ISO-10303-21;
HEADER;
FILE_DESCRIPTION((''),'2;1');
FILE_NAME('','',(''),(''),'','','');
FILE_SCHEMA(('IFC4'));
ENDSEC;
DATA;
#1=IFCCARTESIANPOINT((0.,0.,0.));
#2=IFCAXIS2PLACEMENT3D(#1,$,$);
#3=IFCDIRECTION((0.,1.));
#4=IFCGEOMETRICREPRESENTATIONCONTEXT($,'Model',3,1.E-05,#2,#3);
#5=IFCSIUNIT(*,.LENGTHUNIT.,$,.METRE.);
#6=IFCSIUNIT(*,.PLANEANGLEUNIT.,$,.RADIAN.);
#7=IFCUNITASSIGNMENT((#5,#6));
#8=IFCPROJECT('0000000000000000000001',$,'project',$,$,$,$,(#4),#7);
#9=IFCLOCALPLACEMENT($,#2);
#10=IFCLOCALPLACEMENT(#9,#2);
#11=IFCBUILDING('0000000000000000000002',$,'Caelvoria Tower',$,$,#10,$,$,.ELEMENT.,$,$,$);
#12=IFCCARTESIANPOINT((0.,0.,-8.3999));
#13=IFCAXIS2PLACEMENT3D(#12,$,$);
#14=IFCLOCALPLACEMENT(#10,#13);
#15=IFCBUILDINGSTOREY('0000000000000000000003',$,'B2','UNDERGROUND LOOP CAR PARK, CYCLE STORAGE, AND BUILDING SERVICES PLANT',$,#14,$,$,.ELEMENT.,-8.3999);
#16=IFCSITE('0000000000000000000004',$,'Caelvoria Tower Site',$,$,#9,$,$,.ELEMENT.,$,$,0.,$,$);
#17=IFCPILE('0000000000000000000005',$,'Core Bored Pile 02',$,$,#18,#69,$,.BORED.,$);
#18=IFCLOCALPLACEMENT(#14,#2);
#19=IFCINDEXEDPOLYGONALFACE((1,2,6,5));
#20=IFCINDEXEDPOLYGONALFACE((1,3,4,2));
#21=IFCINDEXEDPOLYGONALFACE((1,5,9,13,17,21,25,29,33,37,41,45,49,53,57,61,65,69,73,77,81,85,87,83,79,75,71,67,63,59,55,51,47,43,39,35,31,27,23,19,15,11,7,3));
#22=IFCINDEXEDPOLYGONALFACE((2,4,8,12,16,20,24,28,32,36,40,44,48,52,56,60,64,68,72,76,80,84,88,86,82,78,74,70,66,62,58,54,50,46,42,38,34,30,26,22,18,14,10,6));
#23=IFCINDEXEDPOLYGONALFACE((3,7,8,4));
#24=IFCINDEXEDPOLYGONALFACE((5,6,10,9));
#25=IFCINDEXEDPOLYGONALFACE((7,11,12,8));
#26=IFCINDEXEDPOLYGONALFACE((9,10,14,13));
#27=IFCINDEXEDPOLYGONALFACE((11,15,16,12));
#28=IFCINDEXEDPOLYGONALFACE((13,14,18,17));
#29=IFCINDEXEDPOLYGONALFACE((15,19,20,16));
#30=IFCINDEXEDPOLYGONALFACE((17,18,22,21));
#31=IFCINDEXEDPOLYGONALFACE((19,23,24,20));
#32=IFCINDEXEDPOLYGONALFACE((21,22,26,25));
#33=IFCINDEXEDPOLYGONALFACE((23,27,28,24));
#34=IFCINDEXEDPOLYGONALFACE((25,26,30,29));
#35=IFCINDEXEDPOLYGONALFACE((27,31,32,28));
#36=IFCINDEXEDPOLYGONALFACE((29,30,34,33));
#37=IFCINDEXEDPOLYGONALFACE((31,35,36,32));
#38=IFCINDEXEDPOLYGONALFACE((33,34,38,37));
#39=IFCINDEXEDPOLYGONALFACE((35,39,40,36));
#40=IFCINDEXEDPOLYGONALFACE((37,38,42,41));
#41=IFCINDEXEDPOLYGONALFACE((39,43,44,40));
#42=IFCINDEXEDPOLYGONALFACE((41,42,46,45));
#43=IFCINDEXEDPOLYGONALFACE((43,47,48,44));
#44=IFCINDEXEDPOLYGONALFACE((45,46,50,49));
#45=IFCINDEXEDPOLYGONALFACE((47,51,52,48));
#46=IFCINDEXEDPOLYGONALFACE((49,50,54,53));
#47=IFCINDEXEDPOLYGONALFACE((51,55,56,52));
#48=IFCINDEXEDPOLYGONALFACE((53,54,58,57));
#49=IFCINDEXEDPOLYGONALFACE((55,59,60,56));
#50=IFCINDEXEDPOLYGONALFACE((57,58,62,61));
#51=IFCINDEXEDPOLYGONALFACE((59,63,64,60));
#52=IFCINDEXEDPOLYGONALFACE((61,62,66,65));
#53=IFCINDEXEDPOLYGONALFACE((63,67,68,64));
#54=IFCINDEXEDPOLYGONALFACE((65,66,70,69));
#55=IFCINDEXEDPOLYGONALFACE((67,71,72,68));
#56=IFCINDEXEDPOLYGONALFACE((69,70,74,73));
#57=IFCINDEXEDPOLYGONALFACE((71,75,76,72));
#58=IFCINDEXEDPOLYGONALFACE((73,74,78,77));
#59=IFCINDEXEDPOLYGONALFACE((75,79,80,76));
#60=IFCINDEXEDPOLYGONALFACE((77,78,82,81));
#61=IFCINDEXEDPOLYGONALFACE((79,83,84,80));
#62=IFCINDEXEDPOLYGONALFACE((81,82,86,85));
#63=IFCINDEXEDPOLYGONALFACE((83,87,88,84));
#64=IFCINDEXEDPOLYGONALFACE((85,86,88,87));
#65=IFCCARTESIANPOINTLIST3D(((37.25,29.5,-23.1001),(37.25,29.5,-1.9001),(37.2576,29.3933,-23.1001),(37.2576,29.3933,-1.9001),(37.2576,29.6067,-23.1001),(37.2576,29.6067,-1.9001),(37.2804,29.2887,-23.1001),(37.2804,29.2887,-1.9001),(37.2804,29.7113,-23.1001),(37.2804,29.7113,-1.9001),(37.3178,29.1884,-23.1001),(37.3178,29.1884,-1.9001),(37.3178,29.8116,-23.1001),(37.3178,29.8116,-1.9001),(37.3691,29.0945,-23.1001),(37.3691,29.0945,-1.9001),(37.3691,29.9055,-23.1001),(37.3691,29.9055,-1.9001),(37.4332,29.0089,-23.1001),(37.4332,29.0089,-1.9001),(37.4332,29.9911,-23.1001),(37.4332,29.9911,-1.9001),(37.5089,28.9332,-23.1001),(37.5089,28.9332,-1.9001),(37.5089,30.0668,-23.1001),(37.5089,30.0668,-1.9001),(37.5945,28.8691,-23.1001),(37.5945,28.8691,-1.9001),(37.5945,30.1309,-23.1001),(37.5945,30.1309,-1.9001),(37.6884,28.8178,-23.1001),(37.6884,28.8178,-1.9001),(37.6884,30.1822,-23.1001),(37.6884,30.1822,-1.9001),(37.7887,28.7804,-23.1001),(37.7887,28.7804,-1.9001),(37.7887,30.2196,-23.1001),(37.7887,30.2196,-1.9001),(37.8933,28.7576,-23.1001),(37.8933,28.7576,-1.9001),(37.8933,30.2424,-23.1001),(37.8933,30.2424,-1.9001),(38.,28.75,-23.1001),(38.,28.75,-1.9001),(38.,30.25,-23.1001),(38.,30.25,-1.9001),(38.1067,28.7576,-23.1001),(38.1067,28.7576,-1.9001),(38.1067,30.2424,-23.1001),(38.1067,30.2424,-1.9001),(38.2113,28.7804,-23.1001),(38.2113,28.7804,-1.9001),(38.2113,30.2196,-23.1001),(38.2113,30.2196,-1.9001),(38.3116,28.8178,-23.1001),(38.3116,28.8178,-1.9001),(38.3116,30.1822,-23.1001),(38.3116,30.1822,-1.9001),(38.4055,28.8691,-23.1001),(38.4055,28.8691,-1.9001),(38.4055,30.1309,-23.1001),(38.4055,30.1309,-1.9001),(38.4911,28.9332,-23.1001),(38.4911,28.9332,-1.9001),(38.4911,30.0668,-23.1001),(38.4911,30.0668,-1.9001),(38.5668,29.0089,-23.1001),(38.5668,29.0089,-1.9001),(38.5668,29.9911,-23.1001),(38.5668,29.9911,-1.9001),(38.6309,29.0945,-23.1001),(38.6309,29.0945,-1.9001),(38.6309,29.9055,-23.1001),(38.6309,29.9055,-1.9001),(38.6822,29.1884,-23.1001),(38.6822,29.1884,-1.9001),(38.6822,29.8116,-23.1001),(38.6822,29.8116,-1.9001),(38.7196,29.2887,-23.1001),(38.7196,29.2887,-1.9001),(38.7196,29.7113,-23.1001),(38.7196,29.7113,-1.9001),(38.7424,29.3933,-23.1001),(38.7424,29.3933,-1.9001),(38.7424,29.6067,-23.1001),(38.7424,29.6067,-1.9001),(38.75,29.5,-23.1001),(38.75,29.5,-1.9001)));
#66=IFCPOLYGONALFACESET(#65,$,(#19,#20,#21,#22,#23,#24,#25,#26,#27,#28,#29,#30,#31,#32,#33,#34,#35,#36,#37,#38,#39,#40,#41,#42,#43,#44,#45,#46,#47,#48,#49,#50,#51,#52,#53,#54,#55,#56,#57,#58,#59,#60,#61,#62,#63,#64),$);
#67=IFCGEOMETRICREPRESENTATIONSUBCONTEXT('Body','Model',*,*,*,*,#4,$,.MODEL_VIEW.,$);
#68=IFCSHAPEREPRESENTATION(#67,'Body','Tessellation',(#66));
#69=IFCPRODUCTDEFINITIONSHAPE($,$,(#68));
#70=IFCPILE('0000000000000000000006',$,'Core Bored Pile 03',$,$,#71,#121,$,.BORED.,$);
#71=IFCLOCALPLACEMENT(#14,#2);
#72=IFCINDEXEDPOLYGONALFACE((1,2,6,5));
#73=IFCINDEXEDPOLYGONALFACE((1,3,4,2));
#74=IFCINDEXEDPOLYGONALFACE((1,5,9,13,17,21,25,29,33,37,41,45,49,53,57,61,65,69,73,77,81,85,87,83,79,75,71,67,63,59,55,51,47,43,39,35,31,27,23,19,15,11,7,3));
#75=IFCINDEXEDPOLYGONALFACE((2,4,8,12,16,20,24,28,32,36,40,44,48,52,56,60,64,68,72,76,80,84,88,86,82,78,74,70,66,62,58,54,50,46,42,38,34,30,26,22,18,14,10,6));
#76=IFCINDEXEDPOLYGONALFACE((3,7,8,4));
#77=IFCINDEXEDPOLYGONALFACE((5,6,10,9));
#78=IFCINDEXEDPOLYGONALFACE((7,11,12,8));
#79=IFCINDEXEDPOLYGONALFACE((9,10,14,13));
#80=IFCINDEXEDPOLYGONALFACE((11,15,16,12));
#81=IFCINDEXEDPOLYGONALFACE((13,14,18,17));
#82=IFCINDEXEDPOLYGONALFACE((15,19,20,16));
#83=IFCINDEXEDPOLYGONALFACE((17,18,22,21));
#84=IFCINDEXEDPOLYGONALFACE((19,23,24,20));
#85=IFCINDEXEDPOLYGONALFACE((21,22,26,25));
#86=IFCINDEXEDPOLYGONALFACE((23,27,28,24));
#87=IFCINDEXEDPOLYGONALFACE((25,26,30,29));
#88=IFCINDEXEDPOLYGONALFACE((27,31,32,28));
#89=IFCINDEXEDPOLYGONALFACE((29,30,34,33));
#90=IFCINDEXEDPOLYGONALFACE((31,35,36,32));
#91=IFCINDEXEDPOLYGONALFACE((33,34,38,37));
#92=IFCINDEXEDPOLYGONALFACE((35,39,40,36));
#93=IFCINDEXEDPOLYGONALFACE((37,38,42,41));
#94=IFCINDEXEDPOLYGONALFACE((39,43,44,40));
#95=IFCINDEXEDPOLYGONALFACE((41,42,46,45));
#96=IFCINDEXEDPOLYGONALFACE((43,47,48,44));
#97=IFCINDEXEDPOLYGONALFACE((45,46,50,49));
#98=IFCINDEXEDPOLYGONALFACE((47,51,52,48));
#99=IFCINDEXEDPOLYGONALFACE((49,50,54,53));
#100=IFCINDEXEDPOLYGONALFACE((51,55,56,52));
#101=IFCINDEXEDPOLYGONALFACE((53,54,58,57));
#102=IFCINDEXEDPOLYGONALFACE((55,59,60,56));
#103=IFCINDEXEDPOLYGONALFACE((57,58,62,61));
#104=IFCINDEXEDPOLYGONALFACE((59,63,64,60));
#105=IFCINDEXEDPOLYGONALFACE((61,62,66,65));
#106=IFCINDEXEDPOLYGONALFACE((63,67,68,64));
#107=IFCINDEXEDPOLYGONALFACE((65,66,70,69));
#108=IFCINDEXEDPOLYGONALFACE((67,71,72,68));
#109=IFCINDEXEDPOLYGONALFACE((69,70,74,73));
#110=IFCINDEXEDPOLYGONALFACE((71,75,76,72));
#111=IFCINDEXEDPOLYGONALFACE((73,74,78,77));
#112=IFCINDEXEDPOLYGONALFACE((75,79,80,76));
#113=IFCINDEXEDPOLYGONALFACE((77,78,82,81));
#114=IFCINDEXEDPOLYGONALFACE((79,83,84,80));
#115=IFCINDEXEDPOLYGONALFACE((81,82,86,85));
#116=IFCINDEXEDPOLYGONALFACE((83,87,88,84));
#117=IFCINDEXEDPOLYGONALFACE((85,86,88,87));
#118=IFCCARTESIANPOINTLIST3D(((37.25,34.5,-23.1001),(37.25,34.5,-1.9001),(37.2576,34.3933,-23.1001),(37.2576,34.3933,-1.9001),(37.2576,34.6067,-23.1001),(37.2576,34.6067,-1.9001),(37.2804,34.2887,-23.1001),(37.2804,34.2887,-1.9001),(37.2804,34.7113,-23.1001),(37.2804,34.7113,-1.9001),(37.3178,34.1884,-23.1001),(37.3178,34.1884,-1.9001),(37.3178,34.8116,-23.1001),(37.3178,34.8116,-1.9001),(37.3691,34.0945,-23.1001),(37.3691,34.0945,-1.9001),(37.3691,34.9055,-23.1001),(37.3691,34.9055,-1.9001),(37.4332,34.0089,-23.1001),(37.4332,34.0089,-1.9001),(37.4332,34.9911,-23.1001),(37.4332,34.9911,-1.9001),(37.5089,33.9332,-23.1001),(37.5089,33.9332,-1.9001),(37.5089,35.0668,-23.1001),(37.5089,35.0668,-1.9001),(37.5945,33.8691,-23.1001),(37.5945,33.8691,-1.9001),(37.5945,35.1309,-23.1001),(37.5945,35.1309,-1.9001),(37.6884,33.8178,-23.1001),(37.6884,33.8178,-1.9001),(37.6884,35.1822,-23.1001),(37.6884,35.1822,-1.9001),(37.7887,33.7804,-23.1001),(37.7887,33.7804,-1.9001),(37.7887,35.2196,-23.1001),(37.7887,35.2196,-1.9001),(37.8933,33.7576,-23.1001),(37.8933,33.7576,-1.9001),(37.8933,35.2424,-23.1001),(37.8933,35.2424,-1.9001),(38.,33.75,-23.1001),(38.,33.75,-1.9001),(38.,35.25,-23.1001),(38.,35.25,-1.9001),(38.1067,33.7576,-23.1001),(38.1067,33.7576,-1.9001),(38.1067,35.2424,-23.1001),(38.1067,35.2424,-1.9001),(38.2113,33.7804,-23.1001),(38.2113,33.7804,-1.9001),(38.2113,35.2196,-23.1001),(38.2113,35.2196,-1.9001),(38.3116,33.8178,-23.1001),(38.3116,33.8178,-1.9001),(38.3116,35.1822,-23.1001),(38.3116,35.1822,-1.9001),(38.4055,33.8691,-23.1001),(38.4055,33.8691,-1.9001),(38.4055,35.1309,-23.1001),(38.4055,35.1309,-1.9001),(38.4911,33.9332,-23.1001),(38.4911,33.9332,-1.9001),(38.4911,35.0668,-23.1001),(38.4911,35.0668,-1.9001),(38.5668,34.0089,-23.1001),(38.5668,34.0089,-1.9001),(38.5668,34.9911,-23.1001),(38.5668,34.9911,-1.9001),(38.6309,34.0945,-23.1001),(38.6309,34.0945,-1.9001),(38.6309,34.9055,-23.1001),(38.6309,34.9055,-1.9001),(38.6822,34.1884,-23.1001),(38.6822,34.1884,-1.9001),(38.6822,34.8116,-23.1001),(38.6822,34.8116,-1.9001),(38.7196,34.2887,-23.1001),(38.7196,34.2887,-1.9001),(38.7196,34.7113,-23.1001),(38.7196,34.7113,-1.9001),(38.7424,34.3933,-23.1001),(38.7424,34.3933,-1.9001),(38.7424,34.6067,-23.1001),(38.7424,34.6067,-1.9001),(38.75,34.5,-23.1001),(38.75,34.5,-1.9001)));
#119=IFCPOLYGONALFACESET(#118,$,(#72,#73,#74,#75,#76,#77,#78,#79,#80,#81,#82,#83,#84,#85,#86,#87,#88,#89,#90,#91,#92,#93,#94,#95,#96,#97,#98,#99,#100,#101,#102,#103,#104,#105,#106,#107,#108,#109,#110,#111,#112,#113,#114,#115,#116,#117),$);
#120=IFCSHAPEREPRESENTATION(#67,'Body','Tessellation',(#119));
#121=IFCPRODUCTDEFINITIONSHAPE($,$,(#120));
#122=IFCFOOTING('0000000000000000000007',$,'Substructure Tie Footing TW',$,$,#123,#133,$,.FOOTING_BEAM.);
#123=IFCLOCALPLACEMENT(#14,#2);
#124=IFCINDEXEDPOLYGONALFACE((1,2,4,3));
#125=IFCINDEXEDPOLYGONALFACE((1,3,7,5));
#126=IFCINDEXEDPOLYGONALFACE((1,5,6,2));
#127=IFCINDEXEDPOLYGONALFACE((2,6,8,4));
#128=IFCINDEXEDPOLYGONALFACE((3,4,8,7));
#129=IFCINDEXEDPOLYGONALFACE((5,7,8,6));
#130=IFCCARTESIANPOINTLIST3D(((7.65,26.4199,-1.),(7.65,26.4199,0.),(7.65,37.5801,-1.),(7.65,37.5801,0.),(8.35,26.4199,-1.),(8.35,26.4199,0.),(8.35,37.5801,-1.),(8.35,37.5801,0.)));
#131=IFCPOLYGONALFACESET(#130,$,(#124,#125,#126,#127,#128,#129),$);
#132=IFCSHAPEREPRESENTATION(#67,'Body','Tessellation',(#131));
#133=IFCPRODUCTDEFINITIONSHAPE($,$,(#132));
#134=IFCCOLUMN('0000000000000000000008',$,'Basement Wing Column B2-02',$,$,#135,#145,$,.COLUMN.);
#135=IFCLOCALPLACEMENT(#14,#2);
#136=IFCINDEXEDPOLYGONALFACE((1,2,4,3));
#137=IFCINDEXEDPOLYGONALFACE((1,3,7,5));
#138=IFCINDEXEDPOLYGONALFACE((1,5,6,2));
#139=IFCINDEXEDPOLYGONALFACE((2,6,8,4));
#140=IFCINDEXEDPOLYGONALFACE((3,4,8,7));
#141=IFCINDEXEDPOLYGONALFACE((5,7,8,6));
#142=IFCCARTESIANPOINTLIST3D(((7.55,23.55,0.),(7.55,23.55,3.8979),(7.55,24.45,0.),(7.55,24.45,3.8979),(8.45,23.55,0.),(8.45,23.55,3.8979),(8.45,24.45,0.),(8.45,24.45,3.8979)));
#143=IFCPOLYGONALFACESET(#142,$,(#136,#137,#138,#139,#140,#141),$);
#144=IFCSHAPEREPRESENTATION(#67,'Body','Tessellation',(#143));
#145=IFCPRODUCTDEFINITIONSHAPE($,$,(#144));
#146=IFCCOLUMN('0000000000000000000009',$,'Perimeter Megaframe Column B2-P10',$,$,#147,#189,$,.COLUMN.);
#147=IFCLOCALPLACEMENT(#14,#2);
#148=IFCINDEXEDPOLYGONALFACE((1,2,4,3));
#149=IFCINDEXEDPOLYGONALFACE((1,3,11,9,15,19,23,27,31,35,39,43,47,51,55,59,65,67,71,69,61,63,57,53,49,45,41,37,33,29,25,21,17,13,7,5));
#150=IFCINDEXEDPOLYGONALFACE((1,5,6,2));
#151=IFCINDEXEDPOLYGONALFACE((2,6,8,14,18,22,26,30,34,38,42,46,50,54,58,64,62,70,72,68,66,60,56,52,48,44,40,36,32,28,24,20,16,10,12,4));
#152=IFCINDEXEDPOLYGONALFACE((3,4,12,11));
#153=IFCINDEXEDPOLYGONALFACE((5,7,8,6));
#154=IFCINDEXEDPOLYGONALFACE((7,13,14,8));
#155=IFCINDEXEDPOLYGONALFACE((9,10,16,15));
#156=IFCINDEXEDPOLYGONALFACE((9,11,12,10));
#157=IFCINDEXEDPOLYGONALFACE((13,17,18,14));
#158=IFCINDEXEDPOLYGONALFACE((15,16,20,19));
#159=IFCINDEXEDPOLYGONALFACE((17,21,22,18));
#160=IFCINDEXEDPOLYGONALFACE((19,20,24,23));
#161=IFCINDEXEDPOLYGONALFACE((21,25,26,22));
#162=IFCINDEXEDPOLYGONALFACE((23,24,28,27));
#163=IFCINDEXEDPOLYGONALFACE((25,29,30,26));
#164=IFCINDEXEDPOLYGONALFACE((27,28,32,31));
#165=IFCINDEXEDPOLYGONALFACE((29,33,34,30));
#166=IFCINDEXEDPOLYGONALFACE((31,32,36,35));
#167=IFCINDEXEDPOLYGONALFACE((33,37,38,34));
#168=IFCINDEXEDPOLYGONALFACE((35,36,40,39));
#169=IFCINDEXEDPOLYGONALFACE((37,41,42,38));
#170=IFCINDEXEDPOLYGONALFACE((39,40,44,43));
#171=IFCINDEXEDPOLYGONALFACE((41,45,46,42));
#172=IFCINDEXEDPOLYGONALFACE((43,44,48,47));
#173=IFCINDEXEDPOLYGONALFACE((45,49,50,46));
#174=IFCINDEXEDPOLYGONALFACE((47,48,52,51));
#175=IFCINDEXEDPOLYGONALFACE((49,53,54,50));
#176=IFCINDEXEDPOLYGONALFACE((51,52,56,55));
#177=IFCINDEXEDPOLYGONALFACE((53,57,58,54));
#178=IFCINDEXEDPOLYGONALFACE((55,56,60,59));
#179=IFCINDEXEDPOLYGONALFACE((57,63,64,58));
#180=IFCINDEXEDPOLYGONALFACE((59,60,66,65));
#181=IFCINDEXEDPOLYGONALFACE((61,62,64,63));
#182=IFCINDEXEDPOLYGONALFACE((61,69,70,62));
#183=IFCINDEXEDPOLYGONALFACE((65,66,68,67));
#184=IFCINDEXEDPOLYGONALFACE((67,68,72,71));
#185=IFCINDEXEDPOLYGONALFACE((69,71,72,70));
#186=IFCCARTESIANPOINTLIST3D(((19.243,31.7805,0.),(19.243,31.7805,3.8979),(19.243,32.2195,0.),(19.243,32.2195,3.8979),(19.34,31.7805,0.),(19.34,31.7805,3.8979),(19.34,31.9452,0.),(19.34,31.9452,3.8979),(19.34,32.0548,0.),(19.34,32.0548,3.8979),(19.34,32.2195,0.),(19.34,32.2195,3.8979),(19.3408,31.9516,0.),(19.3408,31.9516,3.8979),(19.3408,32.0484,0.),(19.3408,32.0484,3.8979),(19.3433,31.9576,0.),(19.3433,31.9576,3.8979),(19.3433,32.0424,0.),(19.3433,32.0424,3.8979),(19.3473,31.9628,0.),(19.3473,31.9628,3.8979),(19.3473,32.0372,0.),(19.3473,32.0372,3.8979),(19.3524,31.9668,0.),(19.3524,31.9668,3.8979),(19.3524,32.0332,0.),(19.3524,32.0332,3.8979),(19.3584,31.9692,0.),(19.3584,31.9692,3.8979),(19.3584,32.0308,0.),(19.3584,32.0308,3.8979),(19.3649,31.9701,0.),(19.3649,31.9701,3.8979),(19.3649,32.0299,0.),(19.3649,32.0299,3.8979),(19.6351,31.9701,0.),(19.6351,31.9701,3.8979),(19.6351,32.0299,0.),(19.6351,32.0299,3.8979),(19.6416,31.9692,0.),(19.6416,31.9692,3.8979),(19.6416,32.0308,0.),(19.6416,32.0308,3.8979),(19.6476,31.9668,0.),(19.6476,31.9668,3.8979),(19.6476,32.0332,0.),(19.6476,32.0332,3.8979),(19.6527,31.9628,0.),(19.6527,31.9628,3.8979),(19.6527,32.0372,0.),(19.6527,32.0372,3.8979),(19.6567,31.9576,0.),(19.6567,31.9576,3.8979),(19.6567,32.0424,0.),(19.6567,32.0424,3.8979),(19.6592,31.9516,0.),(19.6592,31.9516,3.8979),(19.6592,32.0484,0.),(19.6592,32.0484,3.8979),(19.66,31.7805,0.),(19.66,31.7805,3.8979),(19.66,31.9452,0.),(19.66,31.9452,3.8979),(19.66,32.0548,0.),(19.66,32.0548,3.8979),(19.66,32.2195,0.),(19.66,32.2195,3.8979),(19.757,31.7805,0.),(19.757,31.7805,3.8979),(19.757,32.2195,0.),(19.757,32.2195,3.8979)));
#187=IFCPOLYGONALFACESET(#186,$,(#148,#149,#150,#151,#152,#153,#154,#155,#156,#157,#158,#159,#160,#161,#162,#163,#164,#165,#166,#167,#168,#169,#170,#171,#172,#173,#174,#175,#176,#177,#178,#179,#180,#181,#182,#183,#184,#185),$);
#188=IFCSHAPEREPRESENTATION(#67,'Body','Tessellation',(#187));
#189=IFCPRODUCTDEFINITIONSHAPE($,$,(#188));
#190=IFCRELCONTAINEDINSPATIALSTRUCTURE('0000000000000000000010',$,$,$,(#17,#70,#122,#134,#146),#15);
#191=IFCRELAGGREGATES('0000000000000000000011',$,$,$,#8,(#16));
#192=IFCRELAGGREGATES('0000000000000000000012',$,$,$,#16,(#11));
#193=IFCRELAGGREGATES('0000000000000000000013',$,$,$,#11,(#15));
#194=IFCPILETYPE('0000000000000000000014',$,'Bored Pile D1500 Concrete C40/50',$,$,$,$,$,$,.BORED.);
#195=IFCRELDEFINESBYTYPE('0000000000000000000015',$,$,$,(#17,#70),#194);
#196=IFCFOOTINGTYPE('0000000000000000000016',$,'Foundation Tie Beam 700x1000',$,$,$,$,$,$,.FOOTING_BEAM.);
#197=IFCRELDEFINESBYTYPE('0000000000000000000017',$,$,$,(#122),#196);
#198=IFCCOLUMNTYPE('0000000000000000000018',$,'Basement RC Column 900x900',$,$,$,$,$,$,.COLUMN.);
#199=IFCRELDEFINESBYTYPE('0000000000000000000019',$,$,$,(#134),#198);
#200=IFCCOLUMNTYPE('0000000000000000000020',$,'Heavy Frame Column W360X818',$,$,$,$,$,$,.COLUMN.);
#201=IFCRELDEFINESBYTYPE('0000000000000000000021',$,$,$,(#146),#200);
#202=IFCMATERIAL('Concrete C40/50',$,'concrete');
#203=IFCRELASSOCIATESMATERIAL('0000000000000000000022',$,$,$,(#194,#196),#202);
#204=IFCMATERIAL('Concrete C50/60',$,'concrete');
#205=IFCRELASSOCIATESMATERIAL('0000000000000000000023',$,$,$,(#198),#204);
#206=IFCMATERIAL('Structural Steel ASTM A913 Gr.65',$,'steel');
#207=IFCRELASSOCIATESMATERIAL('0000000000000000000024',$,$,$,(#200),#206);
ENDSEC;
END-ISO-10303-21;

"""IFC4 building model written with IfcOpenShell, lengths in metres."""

from ifc_helpers import new_model, si_unit, direction, frame, origin, origin_2d, place, context, subcontext, project, spatial, rectangle, circle, i_section, extrude, material, material_profile, profile_set, type_object, element, save


model = new_model("IFC4")

# Units and contexts
model_context = context("Model", 3, precision=1e-05, world=origin(), true_north=direction((0.0, 1.0)))
body_context = subcontext(model_context, "Body", "Model", "MODEL_VIEW")
ifc_project = project(units=[si_unit("LENGTHUNIT", "METRE"), si_unit("PLANEANGLEUNIT", "RADIAN")], contexts=[model_context])

# Site, building, storey
site_placement = place(None, origin())
site = spatial("IfcSite", under=ifc_project, at=site_placement, Name="Caelvoria Tower Site", CompositionType="ELEMENT", RefElevation=0.0)
building_placement = place(site_placement, origin())
building = spatial("IfcBuilding", under=site, at=building_placement, Name="Caelvoria Tower", CompositionType="ELEMENT")
storey_placement = place(building_placement, frame((0.0, 0.0, -8.3999)))
storey = spatial("IfcBuildingStorey", under=building, at=storey_placement, Name="B2", Description="UNDERGROUND LOOP CAR PARK, CYCLE STORAGE, AND BUILDING SERVICES PLANT", CompositionType="ELEMENT", Elevation=-8.3999)

# Piles
ifc_material_1 = material(Name="Concrete C40/50", Category="concrete")
ifc_material_profile_1 = material_profile(ifc_material_1, circle(Radius=0.75, at=origin_2d()), Name="Concrete C40/50")
ifc_profile_set_1 = profile_set([ifc_material_profile_1], Name="PILE_D1500 - Concrete C40/50")
pile_type_1 = type_object("IfcPileType", Name="Bored Pile D1500 Concrete C40/50", PredefinedType="BORED", material=ifc_profile_set_1)
for number, where, z_axis, x_axis, name in (
    (1, (38.0, 29.5, -1.9001), (0.0, 0.0, -1.0), (1.0, 0.0, 0.0), "Core Bored Pile 02"),
    (2, (38.0, 34.5, -1.9001), (0.0, 0.0, -1.0), (1.0, 0.0, 0.0), "Core Bored Pile 03"),
):
    element("IfcPile", number, at=place(storey_placement, frame(where, z_axis=z_axis, x_axis=x_axis)), inside=storey, type_object=pile_type_1, Name=name, PredefinedType="BORED", context=body_context, shape_type="SweptSolid", body=[
        extrude(circle(Radius=0.75, at=origin_2d()), origin(), (0.0, 0.0, 1.0), 21.2),
    ])

# Footing
ifc_material_profile_2 = material_profile(ifc_material_1, rectangle(XDim=0.7, YDim=1.0, at=origin_2d()), Name="Concrete C40/50")
ifc_profile_set_2 = profile_set([ifc_material_profile_2], Name="RC_GB_700X1000 - Concrete C40/50")
footing_type = type_object("IfcFootingType", Name="Foundation Tie Beam 700x1000", PredefinedType="FOOTING_BEAM", material=ifc_profile_set_2)
footing_placement = place(storey_placement, frame((8.0, 26.4199, -0.5), z_axis=(0.0, 1.0, 0.0), x_axis=(-1.0, 0.0, 0.0)))
element("IfcFooting", 3, at=footing_placement, inside=storey, type_object=footing_type, Name="Substructure Tie Footing TW", PredefinedType="FOOTING_BEAM", context=body_context, shape_type="SweptSolid", body=[
    extrude(rectangle(XDim=0.7, YDim=1.0, at=origin_2d()), origin(), (0.0, 0.0, 1.0), 11.1602),
])

# Columns
ifc_material_2 = material(Name="Concrete C50/60", Category="concrete")
ifc_material_profile_3 = material_profile(ifc_material_2, rectangle(XDim=0.8999, YDim=0.8999, at=origin_2d()), Name="Concrete C50/60")
ifc_profile_set_3 = profile_set([ifc_material_profile_3], Name="RC_COL_900X900 - Concrete C50/60")
column_type_1 = type_object("IfcColumnType", Name="Basement RC Column 900x900", PredefinedType="COLUMN", material=ifc_profile_set_3)
column_1_placement = place(storey_placement, frame((8.0, 24.0, 0.0), z_axis=(0.0, 0.0, 1.0), x_axis=(1.0, 0.0, 0.0)))
element("IfcColumn", 4, at=column_1_placement, inside=storey, type_object=column_type_1, Name="Basement Wing Column B2-02", PredefinedType="COLUMN", context=body_context, shape_type="SweptSolid", body=[
    extrude(rectangle(XDim=0.8999, YDim=0.8999, at=origin_2d()), origin(), (0.0, 0.0, 1.0), 3.8979),
])
ifc_material_3 = material(Name="Structural Steel ASTM A913 Gr.65", Category="steel")
ifc_material_profile_4 = material_profile(ifc_material_3, i_section(OverallWidth=0.439, OverallDepth=0.5139, WebThickness=0.0598, FlangeThickness=0.0969, FilletRadius=0.0249, at=origin_2d()), Name="Structural Steel ASTM A913 Gr.65")
ifc_profile_set_4 = profile_set([ifc_material_profile_4], Name="W360X818 - Structural Steel ASTM A913 Gr.65")
column_type_2 = type_object("IfcColumnType", Name="Heavy Frame Column W360X818", PredefinedType="COLUMN", material=ifc_profile_set_4)
column_2_placement = place(storey_placement, frame((19.5, 32.0, 0.0), z_axis=(0.0, 0.0, 1.0), x_axis=(0.0, 1.0, 0.0)))
element("IfcColumn", 5, at=column_2_placement, inside=storey, type_object=column_type_2, Name="Perimeter Megaframe Column B2-P10", PredefinedType="COLUMN", context=body_context, shape_type="SweptSolid", body=[
    extrude(i_section(OverallWidth=0.439, OverallDepth=0.5139, WebThickness=0.0598, FlangeThickness=0.0969, FilletRadius=0.0249, at=origin_2d()), origin(), (0.0, 0.0, 1.0), 3.8979),
])

save(model, "model.ifc")
